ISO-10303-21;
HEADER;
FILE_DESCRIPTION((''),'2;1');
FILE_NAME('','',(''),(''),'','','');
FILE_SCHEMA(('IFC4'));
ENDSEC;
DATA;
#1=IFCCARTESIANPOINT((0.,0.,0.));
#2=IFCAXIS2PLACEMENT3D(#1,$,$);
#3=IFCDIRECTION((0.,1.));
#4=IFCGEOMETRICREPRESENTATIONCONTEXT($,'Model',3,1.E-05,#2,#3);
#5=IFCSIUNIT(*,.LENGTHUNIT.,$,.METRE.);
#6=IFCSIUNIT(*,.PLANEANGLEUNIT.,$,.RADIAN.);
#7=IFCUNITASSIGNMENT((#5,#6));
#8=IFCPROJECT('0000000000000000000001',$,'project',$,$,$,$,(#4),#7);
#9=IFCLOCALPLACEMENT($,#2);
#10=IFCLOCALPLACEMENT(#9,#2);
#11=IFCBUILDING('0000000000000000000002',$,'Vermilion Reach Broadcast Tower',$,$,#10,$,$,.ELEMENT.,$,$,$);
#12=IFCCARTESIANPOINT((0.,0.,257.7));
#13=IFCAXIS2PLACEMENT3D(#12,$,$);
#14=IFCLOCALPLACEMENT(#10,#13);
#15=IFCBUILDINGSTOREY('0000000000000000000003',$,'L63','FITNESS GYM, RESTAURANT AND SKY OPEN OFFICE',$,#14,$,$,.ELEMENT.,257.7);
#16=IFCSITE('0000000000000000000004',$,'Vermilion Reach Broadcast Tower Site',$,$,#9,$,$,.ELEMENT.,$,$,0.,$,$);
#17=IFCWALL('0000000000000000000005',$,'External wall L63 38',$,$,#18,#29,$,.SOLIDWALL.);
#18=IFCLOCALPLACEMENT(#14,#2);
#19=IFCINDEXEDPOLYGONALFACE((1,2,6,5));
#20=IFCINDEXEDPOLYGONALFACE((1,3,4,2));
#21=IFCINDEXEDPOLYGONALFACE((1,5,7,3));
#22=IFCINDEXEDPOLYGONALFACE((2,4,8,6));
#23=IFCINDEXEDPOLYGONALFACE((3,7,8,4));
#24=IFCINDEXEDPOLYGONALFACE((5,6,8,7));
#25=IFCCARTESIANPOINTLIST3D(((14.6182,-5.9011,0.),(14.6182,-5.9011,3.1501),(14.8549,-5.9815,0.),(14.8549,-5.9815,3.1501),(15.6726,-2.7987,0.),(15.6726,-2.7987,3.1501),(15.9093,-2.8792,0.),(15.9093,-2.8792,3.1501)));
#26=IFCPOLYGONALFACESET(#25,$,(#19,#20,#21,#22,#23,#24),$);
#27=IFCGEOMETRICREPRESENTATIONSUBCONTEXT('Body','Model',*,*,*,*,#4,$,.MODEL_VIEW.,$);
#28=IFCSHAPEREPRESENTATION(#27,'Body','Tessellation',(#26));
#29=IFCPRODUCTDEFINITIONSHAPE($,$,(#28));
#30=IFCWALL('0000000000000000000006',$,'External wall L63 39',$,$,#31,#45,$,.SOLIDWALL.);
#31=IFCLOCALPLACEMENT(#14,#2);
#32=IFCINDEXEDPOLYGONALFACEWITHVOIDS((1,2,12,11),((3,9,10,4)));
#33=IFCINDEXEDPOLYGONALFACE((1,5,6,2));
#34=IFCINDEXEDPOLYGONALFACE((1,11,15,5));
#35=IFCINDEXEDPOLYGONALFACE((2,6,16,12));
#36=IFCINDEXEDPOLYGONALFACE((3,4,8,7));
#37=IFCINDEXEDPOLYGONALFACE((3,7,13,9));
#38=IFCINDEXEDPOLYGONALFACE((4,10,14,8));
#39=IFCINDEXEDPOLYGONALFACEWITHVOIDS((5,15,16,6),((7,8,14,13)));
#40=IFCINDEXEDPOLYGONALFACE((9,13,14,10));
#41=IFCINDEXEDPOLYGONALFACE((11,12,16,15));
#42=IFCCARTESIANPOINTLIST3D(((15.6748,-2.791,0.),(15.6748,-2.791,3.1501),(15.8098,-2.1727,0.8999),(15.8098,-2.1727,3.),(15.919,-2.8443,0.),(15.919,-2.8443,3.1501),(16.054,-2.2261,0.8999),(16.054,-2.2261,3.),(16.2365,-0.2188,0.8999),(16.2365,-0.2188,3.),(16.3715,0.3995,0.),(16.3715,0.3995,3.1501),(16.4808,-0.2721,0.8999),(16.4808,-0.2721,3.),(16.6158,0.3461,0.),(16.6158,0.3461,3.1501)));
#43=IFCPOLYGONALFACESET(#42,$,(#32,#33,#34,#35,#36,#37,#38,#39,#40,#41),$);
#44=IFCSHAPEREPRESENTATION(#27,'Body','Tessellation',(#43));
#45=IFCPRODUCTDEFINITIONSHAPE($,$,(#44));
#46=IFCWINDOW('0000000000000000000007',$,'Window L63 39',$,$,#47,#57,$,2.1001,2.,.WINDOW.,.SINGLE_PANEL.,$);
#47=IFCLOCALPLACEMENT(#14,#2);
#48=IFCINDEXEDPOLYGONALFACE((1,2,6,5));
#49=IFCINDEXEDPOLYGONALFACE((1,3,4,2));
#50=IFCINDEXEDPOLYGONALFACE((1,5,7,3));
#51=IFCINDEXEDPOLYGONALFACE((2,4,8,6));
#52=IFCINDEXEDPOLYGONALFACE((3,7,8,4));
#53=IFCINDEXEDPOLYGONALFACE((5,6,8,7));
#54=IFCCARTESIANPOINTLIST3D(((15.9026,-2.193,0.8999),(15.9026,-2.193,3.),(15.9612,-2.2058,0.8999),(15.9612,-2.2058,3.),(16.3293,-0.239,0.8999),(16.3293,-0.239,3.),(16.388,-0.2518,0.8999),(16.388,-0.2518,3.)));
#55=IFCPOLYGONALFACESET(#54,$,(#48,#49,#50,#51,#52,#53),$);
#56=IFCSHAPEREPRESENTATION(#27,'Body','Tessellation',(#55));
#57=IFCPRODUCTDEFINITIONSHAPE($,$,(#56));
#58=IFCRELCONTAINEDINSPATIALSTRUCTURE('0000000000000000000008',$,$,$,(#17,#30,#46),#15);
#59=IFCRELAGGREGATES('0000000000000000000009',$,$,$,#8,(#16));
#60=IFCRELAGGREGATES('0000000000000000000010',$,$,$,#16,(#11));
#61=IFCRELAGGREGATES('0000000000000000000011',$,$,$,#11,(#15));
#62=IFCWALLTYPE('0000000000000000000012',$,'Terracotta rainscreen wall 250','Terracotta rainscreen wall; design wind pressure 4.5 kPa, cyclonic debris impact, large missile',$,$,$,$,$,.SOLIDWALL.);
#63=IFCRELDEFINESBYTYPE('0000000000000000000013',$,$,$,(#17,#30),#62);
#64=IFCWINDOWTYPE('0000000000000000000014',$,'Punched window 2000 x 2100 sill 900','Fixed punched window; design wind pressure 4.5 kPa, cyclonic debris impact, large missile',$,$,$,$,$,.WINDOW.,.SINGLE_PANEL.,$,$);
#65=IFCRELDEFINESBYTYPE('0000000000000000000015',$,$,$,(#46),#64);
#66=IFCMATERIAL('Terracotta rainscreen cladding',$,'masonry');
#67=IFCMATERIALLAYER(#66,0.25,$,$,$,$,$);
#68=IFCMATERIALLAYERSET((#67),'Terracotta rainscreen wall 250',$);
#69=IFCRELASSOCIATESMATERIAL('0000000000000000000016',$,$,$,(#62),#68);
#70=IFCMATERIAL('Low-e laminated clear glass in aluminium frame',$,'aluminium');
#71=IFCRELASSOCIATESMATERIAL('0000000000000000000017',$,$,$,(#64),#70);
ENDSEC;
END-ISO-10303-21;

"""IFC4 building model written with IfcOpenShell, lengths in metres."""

from ifc_helpers import new_model, si_unit, direction, frame, frame_2d, origin, place, context, subcontext, project, spatial, rectangle, extrude, material, layer, layer_set, type_object, element, fill, save


model = new_model("IFC4")

# Units and contexts
model_context = context("Model", 3, precision=1e-05, world=origin(), true_north=direction((0.0, 1.0)))
body_context = subcontext(model_context, "Body", "Model", "MODEL_VIEW")
ifc_project = project(units=[si_unit("LENGTHUNIT", "METRE"), si_unit("PLANEANGLEUNIT", "RADIAN")], contexts=[model_context])

# Site, building, storey
site_placement = place(None, origin())
site = spatial("IfcSite", under=ifc_project, at=site_placement, Name="Vermilion Reach Broadcast Tower Site", CompositionType="ELEMENT", RefElevation=0.0)
building_placement = place(site_placement, origin())
building = spatial("IfcBuilding", under=site, at=building_placement, Name="Vermilion Reach Broadcast Tower", CompositionType="ELEMENT")
storey_placement = place(building_placement, frame((0.0, 0.0, 257.7)))
storey = spatial("IfcBuildingStorey", under=building, at=storey_placement, Name="L63", Description="FITNESS GYM, RESTAURANT AND SKY OPEN OFFICE", CompositionType="ELEMENT", Elevation=257.7)

# Wall
ifc_material_1 = material(Name="Terracotta rainscreen cladding", Category="masonry")
ifc_layer_1 = layer(ifc_material_1, 0.25)
ifc_layer_set_1 = layer_set([ifc_layer_1], Name="Terracotta rainscreen wall 250")
wall_type_1 = type_object("IfcWallType", Name="Terracotta rainscreen wall 250", Description="Terracotta rainscreen wall; design wind pressure 4.5 kPa, cyclonic debris impact, large missile", PredefinedType="SOLIDWALL", material=ifc_layer_set_1)
wall_1_placement = place(storey_placement, frame((14.7366, -5.9412, 0.0), z_axis=(0.0, 0.0, 1.0), x_axis=(0.321811, 0.946804, 0.0)))
element("IfcWall", 1, at=wall_1_placement, inside=storey, type_object=wall_type_1, Name="External wall L63 38", PredefinedType="SOLIDWALL", context=body_context, shape_type="SweptSolid", body=[
    extrude(rectangle(XDim=3.2766, YDim=0.25, at=frame_2d((1.6382, 0.0))), origin(), (0.0, 0.0, 1.0), 3.1501),
])

# Wall, opening, window
wall_2_placement = place(storey_placement, frame((15.7969, -2.8176, 0.0), z_axis=(0.0, 0.0, 1.0), x_axis=(0.213367, 0.976972, 0.0)))
wall_2 = element("IfcWall", 2, at=wall_2_placement, inside=storey, type_object=wall_type_1, Name="External wall L63 39", PredefinedType="SOLIDWALL", context=body_context, shape_type="SweptSolid", body=[
    extrude(rectangle(XDim=3.2656, YDim=0.25, at=frame_2d((1.6328, 0.0))), origin(), (0.0, 0.0, 1.0), 3.1501),
])
opening_1_placement = place(wall_2_placement, frame((0.6328, 0.0, 0.8999)))
opening_1 = element("IfcOpeningElement", 3, at=opening_1_placement, cuts=wall_2, PredefinedType="OPENING", context=body_context, shape_type="SweptSolid", body=[
    extrude(rectangle(XDim=2.0, YDim=2.1001, at=frame_2d((1.0, 1.05))), frame((0.0, 0.135, 0.0), z_axis=(0.0, -1.0, 0.0), x_axis=(1.0, 0.0, 0.0)), (0.0, 0.0, 1.0), 0.27),
])
ifc_material_2 = material(Name="Low-e laminated clear glass in aluminium frame", Category="aluminium")
window_type = type_object("IfcWindowType", Name="Punched window 2000 x 2100 sill 900", Description="Fixed punched window; design wind pressure 4.5 kPa, cyclonic debris impact, large missile", PartitioningType="SINGLE_PANEL", PredefinedType="WINDOW", material=ifc_material_2)
window_placement = place(opening_1_placement, origin())
window = element("IfcWindow", 4, at=window_placement, inside=storey, type_object=window_type, Name="Window L63 39", OverallHeight=2.1001, OverallWidth=2.0, PartitioningType="SINGLE_PANEL", PredefinedType="WINDOW", context=body_context, shape_type="SweptSolid", body=[
    extrude(rectangle(XDim=2.0, YDim=2.1001, at=frame_2d((1.0, 1.05))), frame((0.0, 0.03, 0.0), z_axis=(0.0, -1.0, 0.0), x_axis=(1.0, 0.0, 0.0)), (0.0, 0.0, 1.0), 0.0601),
])
fill(opening_1, window)

save(model, "model.ifc")
